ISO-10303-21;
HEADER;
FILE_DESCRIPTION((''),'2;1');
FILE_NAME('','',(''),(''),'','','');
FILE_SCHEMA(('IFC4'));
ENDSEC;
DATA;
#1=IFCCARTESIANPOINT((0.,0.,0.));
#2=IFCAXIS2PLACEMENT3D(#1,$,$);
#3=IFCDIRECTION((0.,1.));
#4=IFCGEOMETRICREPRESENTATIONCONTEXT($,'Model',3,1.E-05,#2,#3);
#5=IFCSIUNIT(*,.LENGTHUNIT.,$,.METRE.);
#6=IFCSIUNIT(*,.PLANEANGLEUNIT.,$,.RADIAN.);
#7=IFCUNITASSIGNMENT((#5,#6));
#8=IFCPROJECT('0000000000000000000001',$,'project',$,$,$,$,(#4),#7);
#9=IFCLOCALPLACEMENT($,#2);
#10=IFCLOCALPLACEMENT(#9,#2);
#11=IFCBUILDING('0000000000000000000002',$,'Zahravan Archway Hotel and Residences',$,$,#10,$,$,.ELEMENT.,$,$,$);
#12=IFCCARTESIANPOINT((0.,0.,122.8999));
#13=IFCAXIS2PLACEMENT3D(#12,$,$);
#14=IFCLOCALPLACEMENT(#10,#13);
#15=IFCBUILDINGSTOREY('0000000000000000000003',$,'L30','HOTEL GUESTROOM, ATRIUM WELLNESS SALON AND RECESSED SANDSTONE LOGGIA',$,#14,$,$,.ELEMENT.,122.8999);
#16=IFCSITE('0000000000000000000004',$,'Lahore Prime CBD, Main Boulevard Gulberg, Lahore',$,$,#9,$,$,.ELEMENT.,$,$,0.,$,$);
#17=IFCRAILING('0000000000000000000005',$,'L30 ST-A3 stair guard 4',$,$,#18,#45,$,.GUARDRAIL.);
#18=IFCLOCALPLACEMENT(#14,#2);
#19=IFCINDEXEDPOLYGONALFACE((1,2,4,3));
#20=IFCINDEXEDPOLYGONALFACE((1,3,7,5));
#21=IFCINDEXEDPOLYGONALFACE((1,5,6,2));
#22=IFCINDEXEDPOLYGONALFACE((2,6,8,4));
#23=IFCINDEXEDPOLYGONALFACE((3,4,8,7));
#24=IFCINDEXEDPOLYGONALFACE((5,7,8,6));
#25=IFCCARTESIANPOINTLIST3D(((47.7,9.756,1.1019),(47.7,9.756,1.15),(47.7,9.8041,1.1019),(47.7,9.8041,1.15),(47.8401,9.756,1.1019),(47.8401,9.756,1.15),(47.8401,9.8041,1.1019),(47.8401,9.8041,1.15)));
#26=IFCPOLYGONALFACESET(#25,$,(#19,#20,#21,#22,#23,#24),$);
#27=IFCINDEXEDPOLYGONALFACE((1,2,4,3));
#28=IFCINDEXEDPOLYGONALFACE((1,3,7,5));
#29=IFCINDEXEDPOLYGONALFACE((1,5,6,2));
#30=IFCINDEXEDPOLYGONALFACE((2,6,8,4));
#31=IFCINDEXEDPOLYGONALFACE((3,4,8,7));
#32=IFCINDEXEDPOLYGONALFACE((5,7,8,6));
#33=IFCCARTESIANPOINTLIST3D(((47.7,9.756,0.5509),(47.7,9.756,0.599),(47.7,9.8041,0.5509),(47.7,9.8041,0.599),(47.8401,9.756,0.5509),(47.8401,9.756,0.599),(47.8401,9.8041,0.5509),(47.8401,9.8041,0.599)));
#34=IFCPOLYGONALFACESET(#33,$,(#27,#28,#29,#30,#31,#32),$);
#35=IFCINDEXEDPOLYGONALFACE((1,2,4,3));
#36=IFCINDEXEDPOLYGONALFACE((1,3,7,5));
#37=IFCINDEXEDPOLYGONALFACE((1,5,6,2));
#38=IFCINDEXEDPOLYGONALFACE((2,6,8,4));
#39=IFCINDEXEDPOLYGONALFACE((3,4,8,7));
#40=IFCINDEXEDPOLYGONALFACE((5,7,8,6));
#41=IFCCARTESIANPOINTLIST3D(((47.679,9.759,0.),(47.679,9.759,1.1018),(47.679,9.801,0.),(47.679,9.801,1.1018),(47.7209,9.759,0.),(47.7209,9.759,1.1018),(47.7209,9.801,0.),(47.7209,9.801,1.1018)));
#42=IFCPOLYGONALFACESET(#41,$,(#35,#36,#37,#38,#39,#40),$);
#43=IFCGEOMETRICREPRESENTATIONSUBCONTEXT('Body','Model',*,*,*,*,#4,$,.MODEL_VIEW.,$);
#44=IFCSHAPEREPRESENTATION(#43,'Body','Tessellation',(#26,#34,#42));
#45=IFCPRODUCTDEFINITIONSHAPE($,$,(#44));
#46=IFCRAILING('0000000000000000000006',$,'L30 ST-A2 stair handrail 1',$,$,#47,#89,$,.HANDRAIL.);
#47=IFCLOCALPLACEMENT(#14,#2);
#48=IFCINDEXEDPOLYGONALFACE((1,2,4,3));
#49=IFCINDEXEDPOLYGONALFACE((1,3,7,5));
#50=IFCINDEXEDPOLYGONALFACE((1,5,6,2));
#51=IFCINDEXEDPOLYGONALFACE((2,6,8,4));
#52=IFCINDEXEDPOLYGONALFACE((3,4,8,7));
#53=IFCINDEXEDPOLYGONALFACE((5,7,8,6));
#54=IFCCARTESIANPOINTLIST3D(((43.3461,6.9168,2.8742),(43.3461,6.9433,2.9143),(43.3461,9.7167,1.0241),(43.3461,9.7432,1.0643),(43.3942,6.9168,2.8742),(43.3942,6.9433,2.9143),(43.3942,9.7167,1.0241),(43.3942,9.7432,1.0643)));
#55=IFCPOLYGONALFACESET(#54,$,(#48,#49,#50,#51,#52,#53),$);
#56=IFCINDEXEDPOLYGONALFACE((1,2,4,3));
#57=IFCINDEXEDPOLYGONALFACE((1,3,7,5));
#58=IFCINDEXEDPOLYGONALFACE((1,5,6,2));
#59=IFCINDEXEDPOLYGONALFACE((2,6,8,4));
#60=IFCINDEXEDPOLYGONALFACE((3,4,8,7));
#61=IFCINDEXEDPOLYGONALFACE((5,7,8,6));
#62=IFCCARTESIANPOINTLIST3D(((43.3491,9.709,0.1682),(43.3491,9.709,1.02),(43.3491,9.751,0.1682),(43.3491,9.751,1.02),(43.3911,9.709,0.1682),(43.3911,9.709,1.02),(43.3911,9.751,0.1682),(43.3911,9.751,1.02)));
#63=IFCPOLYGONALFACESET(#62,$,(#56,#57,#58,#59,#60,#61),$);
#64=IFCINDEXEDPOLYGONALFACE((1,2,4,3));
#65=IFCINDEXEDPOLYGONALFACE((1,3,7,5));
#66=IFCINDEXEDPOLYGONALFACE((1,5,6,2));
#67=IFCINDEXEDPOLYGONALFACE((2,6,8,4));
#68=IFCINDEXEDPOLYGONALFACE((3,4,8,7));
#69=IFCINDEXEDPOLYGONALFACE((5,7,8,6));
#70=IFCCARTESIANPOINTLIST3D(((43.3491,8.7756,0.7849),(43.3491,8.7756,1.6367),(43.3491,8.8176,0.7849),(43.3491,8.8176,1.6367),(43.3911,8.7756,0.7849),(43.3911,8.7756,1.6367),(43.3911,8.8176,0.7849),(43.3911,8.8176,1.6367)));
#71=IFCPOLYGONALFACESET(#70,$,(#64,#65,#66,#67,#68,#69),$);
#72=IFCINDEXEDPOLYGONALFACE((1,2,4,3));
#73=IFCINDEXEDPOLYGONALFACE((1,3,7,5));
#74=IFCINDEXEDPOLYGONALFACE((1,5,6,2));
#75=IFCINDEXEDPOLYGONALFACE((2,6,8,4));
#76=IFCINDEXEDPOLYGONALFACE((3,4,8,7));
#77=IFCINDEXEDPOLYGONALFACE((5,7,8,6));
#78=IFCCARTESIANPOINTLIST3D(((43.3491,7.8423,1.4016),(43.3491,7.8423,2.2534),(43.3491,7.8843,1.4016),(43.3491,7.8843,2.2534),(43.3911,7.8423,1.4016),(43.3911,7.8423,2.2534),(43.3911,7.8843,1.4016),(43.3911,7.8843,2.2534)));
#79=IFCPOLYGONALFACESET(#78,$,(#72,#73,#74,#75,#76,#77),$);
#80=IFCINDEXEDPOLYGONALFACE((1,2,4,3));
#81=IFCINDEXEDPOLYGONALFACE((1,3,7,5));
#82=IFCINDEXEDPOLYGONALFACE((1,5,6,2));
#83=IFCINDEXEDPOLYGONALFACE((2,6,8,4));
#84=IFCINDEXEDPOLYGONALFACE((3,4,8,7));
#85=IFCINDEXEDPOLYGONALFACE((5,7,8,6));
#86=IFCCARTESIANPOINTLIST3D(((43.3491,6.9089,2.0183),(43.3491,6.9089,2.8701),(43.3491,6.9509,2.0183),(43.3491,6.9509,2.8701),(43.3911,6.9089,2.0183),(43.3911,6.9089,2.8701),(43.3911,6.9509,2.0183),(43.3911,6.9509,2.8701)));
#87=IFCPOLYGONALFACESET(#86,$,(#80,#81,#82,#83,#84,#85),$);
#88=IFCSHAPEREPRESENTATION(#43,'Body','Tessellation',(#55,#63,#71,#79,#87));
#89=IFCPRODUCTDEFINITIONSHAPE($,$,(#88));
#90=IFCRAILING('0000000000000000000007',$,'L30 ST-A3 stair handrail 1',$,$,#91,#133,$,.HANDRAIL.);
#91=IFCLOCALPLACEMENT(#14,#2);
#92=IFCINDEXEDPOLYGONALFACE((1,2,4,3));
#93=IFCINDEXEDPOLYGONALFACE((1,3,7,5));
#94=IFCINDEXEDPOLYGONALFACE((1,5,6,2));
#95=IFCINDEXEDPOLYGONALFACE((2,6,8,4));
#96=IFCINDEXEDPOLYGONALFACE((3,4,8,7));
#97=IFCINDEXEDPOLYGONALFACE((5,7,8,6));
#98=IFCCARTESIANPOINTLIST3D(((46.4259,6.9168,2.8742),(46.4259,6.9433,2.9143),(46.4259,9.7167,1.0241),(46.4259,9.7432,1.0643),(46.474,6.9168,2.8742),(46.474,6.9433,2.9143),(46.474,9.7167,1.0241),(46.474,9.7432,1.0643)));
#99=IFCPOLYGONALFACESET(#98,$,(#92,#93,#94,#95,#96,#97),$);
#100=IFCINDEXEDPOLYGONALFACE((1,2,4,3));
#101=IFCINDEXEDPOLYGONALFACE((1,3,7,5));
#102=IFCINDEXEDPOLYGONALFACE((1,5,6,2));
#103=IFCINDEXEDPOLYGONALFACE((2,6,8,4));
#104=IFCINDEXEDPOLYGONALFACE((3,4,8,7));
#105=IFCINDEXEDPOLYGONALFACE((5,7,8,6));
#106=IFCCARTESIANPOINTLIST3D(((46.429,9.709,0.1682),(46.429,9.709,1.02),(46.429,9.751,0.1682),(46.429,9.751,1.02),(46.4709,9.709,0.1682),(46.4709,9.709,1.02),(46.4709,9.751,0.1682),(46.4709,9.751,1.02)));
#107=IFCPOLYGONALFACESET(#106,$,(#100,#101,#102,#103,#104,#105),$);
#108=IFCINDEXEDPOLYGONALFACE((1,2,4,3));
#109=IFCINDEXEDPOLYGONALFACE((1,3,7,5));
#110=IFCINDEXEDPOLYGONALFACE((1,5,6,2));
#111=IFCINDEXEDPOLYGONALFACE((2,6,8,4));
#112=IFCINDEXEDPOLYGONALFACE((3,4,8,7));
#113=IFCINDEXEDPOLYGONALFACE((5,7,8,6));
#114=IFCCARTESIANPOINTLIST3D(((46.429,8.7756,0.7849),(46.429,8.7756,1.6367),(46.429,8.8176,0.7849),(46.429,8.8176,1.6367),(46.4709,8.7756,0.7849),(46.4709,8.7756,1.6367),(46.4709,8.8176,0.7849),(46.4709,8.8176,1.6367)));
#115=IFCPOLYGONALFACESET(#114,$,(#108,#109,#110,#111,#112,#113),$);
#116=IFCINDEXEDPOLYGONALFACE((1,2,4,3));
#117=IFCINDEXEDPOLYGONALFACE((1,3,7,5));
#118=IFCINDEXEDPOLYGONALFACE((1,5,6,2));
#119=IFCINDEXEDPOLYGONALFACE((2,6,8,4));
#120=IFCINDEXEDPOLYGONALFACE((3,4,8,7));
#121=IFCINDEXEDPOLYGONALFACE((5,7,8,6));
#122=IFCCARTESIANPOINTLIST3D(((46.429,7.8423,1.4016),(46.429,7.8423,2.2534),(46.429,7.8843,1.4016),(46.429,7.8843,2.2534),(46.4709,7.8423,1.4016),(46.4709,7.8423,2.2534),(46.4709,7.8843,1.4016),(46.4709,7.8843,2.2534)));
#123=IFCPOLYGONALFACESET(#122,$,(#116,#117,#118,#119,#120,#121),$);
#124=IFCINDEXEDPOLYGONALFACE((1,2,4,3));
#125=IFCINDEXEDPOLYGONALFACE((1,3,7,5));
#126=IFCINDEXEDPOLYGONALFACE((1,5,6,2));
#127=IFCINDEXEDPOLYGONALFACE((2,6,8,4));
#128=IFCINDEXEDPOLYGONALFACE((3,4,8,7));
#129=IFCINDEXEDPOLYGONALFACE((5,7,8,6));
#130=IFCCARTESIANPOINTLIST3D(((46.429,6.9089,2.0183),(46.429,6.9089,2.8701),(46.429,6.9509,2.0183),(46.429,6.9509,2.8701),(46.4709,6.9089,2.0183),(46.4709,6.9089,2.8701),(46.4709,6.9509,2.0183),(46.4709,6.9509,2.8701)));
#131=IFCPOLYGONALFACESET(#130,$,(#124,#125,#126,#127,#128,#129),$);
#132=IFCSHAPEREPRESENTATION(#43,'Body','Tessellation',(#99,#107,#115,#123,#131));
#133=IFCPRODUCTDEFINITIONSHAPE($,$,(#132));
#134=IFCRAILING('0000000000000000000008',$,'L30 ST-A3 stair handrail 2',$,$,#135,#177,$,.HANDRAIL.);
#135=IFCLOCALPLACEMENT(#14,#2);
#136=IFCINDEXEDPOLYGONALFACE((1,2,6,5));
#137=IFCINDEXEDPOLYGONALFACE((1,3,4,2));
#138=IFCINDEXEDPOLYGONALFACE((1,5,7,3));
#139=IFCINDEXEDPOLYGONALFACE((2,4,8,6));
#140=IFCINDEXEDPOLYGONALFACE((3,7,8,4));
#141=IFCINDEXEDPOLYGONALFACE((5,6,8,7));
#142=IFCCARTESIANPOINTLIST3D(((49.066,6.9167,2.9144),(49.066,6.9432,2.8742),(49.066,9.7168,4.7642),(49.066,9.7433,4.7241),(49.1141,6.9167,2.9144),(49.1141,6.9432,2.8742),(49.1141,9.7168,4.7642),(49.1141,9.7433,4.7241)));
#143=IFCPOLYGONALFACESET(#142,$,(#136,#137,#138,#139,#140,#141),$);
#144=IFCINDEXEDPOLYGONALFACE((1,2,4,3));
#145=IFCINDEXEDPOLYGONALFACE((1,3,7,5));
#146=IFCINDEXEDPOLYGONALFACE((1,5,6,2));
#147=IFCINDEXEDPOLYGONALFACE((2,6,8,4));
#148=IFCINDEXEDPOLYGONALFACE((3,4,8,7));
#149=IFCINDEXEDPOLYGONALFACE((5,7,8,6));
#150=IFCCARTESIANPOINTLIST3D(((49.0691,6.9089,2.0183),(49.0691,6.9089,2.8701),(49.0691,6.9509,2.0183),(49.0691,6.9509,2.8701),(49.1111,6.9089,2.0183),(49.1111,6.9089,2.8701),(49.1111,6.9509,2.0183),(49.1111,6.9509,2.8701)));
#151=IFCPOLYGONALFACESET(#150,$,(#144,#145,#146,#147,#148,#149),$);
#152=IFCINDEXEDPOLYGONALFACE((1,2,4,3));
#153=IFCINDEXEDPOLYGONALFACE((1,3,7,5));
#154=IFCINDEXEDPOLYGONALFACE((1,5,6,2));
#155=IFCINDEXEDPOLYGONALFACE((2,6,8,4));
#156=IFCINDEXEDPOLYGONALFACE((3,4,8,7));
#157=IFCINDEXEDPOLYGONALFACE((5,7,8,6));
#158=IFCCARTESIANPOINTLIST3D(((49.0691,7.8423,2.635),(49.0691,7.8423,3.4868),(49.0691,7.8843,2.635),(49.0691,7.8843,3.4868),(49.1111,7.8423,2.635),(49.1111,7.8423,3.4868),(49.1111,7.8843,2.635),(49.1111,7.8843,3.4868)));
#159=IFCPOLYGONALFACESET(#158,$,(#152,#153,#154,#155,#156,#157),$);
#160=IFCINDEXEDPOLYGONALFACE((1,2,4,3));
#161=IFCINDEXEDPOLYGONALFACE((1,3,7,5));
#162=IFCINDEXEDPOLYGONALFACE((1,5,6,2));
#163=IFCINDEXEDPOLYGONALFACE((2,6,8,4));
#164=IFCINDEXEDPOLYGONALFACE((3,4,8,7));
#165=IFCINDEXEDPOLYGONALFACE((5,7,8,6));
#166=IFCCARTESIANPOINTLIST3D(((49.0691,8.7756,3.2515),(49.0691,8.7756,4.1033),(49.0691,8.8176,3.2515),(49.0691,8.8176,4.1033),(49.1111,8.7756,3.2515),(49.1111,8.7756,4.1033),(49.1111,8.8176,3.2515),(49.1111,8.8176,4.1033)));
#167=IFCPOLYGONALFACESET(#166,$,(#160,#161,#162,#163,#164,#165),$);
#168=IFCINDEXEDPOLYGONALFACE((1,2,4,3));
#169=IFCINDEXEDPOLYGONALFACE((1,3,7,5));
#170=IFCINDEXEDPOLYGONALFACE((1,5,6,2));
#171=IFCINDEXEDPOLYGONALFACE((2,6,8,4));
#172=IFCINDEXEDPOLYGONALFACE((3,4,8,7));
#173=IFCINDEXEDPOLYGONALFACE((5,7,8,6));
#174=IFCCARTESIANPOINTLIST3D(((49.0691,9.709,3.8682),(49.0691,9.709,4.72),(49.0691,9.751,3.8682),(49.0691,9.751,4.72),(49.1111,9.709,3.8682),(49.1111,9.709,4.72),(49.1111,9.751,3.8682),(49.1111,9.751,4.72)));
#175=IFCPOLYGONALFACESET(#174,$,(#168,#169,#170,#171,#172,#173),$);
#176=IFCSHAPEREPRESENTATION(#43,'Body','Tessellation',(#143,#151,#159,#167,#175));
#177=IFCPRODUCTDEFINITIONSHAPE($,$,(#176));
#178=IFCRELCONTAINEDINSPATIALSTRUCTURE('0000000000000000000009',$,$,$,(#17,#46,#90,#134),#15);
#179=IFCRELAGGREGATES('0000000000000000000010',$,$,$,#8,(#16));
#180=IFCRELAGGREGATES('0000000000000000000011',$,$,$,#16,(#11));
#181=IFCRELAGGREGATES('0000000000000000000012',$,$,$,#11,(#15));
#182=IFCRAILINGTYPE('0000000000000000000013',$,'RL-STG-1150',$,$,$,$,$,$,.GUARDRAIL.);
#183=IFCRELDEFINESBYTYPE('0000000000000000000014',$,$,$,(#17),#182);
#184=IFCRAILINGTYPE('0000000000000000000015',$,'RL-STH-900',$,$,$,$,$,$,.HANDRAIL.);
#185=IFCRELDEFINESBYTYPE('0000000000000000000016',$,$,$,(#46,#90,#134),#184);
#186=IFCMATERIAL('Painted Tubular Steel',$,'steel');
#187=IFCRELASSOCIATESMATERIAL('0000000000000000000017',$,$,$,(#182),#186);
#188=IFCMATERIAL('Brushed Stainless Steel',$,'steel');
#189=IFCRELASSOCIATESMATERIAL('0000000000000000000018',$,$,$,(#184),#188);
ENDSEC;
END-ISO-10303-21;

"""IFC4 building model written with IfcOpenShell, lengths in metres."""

from ifc_helpers import new_model, si_unit, direction, frame, origin, origin_2d, place, context, subcontext, project, spatial, rectangle, extrude, material, type_object, element, save


model = new_model("IFC4")

# Units and contexts
model_context = context("Model", 3, precision=1e-05, world=origin(), true_north=direction((0.0, 1.0)))
body_context = subcontext(model_context, "Body", "Model", "MODEL_VIEW")
ifc_project = project(units=[si_unit("LENGTHUNIT", "METRE"), si_unit("PLANEANGLEUNIT", "RADIAN")], contexts=[model_context])

# Site, building, storey
site_placement = place(None, origin())
site = spatial("IfcSite", under=ifc_project, at=site_placement, Name="Lahore Prime CBD, Main Boulevard Gulberg, Lahore", CompositionType="ELEMENT", RefElevation=0.0)
building_placement = place(site_placement, origin())
building = spatial("IfcBuilding", under=site, at=building_placement, Name="Zahravan Archway Hotel and Residences", CompositionType="ELEMENT")
storey_placement = place(building_placement, frame((0.0, 0.0, 122.8999)))
storey = spatial("IfcBuildingStorey", under=building, at=storey_placement, Name="L30", Description="HOTEL GUESTROOM, ATRIUM WELLNESS SALON AND RECESSED SANDSTONE LOGGIA", CompositionType="ELEMENT", Elevation=122.8999)

# Shared definitions
ifc_material_1 = material(Name="Brushed Stainless Steel", Category="steel")

# Railings
ifc_material_2 = material(Name="Painted Tubular Steel", Category="steel")
railing_type_1 = type_object("IfcRailingType", Name="RL-STG-1150", PredefinedType="GUARDRAIL", material=ifc_material_2)
railing_1_placement = place(storey_placement, frame((47.7, 9.78, 0.0)))
element("IfcRailing", 1, at=railing_1_placement, inside=storey, type_object=railing_type_1, Name="L30 ST-A3 stair guard 4", PredefinedType="GUARDRAIL", context=body_context, shape_type="SweptSolid", body=[
    extrude(rectangle(XDim=0.0481, YDim=0.0481, at=origin_2d()), frame((0.0, 0.0, 1.126), z_axis=(1.0, 0.0, 0.0), x_axis=(0.0, 1.0, 0.0)), (0.0, 0.0, 1.0), 0.1401),
    extrude(rectangle(XDim=0.0481, YDim=0.0481, at=origin_2d()), frame((0.0, 0.0, 0.575), z_axis=(1.0, 0.0, 0.0), x_axis=(0.0, 1.0, 0.0)), (0.0, 0.0, 1.0), 0.1401),
    extrude(rectangle(XDim=0.042, YDim=0.042, at=origin_2d()), origin(), (0.0, 0.0, 1.0), 1.1018),
])
railing_type_2 = type_object("IfcRailingType", Name="RL-STH-900", PredefinedType="HANDRAIL", material=ifc_material_1)
for number, where, name in (
    (2, (43.3701, 9.73, 0.1682), "L30 ST-A2 stair handrail 1"),
    (3, (46.45, 9.73, 0.1682), "L30 ST-A3 stair handrail 1"),
):
    element("IfcRailing", number, at=place(storey_placement, frame(where)), inside=storey, type_object=railing_type_2, Name=name, PredefinedType="HANDRAIL", context=body_context, shape_type="SweptSolid", body=[
        extrude(rectangle(XDim=0.0481, YDim=0.0481, at=origin_2d()), frame((0.0, 0.0, 0.876), z_axis=(0.0, -0.834326, 0.551271), x_axis=(1.0, 0.0, 0.0)), (0.0, 0.0, 1.0), 3.356),
        extrude(rectangle(XDim=0.042, YDim=0.042, at=origin_2d()), origin(), (0.0, 0.0, 1.0), 0.8518),
        extrude(rectangle(XDim=0.042, YDim=0.042, at=origin_2d()), frame((0.0, -0.9333, 0.6167)), (0.0, 0.0, 1.0), 0.8518),
        extrude(rectangle(XDim=0.042, YDim=0.042, at=origin_2d()), frame((0.0, -1.8667, 1.2334)), (0.0, 0.0, 1.0), 0.8518),
        extrude(rectangle(XDim=0.042, YDim=0.042, at=origin_2d()), frame((0.0, -2.8, 1.8501)), (0.0, 0.0, 1.0), 0.8518),
    ])
railing_2_placement = place(storey_placement, frame((49.0901, 6.9299, 2.0183)))
element("IfcRailing", 4, at=railing_2_placement, inside=storey, type_object=railing_type_2, Name="L30 ST-A3 stair handrail 2", PredefinedType="HANDRAIL", context=body_context, shape_type="SweptSolid", body=[
    extrude(rectangle(XDim=0.0481, YDim=0.0481, at=origin_2d()), frame((0.0, 0.0, 0.876), z_axis=(0.0, 0.83436, 0.55122), x_axis=(-1.0, 0.0, 0.0)), (0.0, 0.0, 1.0), 3.356),
    extrude(rectangle(XDim=0.042, YDim=0.042, at=origin_2d()), origin(), (0.0, 0.0, 1.0), 0.8518),
    extrude(rectangle(XDim=0.042, YDim=0.042, at=origin_2d()), frame((0.0, 0.9333, 0.6167)), (0.0, 0.0, 1.0), 0.8518),
    extrude(rectangle(XDim=0.042, YDim=0.042, at=origin_2d()), frame((0.0, 1.8667, 1.2332)), (0.0, 0.0, 1.0), 0.8518),
    extrude(rectangle(XDim=0.042, YDim=0.042, at=origin_2d()), frame((0.0, 2.8, 1.8499)), (0.0, 0.0, 1.0), 0.8518),
])

save(model, "model.ifc")
